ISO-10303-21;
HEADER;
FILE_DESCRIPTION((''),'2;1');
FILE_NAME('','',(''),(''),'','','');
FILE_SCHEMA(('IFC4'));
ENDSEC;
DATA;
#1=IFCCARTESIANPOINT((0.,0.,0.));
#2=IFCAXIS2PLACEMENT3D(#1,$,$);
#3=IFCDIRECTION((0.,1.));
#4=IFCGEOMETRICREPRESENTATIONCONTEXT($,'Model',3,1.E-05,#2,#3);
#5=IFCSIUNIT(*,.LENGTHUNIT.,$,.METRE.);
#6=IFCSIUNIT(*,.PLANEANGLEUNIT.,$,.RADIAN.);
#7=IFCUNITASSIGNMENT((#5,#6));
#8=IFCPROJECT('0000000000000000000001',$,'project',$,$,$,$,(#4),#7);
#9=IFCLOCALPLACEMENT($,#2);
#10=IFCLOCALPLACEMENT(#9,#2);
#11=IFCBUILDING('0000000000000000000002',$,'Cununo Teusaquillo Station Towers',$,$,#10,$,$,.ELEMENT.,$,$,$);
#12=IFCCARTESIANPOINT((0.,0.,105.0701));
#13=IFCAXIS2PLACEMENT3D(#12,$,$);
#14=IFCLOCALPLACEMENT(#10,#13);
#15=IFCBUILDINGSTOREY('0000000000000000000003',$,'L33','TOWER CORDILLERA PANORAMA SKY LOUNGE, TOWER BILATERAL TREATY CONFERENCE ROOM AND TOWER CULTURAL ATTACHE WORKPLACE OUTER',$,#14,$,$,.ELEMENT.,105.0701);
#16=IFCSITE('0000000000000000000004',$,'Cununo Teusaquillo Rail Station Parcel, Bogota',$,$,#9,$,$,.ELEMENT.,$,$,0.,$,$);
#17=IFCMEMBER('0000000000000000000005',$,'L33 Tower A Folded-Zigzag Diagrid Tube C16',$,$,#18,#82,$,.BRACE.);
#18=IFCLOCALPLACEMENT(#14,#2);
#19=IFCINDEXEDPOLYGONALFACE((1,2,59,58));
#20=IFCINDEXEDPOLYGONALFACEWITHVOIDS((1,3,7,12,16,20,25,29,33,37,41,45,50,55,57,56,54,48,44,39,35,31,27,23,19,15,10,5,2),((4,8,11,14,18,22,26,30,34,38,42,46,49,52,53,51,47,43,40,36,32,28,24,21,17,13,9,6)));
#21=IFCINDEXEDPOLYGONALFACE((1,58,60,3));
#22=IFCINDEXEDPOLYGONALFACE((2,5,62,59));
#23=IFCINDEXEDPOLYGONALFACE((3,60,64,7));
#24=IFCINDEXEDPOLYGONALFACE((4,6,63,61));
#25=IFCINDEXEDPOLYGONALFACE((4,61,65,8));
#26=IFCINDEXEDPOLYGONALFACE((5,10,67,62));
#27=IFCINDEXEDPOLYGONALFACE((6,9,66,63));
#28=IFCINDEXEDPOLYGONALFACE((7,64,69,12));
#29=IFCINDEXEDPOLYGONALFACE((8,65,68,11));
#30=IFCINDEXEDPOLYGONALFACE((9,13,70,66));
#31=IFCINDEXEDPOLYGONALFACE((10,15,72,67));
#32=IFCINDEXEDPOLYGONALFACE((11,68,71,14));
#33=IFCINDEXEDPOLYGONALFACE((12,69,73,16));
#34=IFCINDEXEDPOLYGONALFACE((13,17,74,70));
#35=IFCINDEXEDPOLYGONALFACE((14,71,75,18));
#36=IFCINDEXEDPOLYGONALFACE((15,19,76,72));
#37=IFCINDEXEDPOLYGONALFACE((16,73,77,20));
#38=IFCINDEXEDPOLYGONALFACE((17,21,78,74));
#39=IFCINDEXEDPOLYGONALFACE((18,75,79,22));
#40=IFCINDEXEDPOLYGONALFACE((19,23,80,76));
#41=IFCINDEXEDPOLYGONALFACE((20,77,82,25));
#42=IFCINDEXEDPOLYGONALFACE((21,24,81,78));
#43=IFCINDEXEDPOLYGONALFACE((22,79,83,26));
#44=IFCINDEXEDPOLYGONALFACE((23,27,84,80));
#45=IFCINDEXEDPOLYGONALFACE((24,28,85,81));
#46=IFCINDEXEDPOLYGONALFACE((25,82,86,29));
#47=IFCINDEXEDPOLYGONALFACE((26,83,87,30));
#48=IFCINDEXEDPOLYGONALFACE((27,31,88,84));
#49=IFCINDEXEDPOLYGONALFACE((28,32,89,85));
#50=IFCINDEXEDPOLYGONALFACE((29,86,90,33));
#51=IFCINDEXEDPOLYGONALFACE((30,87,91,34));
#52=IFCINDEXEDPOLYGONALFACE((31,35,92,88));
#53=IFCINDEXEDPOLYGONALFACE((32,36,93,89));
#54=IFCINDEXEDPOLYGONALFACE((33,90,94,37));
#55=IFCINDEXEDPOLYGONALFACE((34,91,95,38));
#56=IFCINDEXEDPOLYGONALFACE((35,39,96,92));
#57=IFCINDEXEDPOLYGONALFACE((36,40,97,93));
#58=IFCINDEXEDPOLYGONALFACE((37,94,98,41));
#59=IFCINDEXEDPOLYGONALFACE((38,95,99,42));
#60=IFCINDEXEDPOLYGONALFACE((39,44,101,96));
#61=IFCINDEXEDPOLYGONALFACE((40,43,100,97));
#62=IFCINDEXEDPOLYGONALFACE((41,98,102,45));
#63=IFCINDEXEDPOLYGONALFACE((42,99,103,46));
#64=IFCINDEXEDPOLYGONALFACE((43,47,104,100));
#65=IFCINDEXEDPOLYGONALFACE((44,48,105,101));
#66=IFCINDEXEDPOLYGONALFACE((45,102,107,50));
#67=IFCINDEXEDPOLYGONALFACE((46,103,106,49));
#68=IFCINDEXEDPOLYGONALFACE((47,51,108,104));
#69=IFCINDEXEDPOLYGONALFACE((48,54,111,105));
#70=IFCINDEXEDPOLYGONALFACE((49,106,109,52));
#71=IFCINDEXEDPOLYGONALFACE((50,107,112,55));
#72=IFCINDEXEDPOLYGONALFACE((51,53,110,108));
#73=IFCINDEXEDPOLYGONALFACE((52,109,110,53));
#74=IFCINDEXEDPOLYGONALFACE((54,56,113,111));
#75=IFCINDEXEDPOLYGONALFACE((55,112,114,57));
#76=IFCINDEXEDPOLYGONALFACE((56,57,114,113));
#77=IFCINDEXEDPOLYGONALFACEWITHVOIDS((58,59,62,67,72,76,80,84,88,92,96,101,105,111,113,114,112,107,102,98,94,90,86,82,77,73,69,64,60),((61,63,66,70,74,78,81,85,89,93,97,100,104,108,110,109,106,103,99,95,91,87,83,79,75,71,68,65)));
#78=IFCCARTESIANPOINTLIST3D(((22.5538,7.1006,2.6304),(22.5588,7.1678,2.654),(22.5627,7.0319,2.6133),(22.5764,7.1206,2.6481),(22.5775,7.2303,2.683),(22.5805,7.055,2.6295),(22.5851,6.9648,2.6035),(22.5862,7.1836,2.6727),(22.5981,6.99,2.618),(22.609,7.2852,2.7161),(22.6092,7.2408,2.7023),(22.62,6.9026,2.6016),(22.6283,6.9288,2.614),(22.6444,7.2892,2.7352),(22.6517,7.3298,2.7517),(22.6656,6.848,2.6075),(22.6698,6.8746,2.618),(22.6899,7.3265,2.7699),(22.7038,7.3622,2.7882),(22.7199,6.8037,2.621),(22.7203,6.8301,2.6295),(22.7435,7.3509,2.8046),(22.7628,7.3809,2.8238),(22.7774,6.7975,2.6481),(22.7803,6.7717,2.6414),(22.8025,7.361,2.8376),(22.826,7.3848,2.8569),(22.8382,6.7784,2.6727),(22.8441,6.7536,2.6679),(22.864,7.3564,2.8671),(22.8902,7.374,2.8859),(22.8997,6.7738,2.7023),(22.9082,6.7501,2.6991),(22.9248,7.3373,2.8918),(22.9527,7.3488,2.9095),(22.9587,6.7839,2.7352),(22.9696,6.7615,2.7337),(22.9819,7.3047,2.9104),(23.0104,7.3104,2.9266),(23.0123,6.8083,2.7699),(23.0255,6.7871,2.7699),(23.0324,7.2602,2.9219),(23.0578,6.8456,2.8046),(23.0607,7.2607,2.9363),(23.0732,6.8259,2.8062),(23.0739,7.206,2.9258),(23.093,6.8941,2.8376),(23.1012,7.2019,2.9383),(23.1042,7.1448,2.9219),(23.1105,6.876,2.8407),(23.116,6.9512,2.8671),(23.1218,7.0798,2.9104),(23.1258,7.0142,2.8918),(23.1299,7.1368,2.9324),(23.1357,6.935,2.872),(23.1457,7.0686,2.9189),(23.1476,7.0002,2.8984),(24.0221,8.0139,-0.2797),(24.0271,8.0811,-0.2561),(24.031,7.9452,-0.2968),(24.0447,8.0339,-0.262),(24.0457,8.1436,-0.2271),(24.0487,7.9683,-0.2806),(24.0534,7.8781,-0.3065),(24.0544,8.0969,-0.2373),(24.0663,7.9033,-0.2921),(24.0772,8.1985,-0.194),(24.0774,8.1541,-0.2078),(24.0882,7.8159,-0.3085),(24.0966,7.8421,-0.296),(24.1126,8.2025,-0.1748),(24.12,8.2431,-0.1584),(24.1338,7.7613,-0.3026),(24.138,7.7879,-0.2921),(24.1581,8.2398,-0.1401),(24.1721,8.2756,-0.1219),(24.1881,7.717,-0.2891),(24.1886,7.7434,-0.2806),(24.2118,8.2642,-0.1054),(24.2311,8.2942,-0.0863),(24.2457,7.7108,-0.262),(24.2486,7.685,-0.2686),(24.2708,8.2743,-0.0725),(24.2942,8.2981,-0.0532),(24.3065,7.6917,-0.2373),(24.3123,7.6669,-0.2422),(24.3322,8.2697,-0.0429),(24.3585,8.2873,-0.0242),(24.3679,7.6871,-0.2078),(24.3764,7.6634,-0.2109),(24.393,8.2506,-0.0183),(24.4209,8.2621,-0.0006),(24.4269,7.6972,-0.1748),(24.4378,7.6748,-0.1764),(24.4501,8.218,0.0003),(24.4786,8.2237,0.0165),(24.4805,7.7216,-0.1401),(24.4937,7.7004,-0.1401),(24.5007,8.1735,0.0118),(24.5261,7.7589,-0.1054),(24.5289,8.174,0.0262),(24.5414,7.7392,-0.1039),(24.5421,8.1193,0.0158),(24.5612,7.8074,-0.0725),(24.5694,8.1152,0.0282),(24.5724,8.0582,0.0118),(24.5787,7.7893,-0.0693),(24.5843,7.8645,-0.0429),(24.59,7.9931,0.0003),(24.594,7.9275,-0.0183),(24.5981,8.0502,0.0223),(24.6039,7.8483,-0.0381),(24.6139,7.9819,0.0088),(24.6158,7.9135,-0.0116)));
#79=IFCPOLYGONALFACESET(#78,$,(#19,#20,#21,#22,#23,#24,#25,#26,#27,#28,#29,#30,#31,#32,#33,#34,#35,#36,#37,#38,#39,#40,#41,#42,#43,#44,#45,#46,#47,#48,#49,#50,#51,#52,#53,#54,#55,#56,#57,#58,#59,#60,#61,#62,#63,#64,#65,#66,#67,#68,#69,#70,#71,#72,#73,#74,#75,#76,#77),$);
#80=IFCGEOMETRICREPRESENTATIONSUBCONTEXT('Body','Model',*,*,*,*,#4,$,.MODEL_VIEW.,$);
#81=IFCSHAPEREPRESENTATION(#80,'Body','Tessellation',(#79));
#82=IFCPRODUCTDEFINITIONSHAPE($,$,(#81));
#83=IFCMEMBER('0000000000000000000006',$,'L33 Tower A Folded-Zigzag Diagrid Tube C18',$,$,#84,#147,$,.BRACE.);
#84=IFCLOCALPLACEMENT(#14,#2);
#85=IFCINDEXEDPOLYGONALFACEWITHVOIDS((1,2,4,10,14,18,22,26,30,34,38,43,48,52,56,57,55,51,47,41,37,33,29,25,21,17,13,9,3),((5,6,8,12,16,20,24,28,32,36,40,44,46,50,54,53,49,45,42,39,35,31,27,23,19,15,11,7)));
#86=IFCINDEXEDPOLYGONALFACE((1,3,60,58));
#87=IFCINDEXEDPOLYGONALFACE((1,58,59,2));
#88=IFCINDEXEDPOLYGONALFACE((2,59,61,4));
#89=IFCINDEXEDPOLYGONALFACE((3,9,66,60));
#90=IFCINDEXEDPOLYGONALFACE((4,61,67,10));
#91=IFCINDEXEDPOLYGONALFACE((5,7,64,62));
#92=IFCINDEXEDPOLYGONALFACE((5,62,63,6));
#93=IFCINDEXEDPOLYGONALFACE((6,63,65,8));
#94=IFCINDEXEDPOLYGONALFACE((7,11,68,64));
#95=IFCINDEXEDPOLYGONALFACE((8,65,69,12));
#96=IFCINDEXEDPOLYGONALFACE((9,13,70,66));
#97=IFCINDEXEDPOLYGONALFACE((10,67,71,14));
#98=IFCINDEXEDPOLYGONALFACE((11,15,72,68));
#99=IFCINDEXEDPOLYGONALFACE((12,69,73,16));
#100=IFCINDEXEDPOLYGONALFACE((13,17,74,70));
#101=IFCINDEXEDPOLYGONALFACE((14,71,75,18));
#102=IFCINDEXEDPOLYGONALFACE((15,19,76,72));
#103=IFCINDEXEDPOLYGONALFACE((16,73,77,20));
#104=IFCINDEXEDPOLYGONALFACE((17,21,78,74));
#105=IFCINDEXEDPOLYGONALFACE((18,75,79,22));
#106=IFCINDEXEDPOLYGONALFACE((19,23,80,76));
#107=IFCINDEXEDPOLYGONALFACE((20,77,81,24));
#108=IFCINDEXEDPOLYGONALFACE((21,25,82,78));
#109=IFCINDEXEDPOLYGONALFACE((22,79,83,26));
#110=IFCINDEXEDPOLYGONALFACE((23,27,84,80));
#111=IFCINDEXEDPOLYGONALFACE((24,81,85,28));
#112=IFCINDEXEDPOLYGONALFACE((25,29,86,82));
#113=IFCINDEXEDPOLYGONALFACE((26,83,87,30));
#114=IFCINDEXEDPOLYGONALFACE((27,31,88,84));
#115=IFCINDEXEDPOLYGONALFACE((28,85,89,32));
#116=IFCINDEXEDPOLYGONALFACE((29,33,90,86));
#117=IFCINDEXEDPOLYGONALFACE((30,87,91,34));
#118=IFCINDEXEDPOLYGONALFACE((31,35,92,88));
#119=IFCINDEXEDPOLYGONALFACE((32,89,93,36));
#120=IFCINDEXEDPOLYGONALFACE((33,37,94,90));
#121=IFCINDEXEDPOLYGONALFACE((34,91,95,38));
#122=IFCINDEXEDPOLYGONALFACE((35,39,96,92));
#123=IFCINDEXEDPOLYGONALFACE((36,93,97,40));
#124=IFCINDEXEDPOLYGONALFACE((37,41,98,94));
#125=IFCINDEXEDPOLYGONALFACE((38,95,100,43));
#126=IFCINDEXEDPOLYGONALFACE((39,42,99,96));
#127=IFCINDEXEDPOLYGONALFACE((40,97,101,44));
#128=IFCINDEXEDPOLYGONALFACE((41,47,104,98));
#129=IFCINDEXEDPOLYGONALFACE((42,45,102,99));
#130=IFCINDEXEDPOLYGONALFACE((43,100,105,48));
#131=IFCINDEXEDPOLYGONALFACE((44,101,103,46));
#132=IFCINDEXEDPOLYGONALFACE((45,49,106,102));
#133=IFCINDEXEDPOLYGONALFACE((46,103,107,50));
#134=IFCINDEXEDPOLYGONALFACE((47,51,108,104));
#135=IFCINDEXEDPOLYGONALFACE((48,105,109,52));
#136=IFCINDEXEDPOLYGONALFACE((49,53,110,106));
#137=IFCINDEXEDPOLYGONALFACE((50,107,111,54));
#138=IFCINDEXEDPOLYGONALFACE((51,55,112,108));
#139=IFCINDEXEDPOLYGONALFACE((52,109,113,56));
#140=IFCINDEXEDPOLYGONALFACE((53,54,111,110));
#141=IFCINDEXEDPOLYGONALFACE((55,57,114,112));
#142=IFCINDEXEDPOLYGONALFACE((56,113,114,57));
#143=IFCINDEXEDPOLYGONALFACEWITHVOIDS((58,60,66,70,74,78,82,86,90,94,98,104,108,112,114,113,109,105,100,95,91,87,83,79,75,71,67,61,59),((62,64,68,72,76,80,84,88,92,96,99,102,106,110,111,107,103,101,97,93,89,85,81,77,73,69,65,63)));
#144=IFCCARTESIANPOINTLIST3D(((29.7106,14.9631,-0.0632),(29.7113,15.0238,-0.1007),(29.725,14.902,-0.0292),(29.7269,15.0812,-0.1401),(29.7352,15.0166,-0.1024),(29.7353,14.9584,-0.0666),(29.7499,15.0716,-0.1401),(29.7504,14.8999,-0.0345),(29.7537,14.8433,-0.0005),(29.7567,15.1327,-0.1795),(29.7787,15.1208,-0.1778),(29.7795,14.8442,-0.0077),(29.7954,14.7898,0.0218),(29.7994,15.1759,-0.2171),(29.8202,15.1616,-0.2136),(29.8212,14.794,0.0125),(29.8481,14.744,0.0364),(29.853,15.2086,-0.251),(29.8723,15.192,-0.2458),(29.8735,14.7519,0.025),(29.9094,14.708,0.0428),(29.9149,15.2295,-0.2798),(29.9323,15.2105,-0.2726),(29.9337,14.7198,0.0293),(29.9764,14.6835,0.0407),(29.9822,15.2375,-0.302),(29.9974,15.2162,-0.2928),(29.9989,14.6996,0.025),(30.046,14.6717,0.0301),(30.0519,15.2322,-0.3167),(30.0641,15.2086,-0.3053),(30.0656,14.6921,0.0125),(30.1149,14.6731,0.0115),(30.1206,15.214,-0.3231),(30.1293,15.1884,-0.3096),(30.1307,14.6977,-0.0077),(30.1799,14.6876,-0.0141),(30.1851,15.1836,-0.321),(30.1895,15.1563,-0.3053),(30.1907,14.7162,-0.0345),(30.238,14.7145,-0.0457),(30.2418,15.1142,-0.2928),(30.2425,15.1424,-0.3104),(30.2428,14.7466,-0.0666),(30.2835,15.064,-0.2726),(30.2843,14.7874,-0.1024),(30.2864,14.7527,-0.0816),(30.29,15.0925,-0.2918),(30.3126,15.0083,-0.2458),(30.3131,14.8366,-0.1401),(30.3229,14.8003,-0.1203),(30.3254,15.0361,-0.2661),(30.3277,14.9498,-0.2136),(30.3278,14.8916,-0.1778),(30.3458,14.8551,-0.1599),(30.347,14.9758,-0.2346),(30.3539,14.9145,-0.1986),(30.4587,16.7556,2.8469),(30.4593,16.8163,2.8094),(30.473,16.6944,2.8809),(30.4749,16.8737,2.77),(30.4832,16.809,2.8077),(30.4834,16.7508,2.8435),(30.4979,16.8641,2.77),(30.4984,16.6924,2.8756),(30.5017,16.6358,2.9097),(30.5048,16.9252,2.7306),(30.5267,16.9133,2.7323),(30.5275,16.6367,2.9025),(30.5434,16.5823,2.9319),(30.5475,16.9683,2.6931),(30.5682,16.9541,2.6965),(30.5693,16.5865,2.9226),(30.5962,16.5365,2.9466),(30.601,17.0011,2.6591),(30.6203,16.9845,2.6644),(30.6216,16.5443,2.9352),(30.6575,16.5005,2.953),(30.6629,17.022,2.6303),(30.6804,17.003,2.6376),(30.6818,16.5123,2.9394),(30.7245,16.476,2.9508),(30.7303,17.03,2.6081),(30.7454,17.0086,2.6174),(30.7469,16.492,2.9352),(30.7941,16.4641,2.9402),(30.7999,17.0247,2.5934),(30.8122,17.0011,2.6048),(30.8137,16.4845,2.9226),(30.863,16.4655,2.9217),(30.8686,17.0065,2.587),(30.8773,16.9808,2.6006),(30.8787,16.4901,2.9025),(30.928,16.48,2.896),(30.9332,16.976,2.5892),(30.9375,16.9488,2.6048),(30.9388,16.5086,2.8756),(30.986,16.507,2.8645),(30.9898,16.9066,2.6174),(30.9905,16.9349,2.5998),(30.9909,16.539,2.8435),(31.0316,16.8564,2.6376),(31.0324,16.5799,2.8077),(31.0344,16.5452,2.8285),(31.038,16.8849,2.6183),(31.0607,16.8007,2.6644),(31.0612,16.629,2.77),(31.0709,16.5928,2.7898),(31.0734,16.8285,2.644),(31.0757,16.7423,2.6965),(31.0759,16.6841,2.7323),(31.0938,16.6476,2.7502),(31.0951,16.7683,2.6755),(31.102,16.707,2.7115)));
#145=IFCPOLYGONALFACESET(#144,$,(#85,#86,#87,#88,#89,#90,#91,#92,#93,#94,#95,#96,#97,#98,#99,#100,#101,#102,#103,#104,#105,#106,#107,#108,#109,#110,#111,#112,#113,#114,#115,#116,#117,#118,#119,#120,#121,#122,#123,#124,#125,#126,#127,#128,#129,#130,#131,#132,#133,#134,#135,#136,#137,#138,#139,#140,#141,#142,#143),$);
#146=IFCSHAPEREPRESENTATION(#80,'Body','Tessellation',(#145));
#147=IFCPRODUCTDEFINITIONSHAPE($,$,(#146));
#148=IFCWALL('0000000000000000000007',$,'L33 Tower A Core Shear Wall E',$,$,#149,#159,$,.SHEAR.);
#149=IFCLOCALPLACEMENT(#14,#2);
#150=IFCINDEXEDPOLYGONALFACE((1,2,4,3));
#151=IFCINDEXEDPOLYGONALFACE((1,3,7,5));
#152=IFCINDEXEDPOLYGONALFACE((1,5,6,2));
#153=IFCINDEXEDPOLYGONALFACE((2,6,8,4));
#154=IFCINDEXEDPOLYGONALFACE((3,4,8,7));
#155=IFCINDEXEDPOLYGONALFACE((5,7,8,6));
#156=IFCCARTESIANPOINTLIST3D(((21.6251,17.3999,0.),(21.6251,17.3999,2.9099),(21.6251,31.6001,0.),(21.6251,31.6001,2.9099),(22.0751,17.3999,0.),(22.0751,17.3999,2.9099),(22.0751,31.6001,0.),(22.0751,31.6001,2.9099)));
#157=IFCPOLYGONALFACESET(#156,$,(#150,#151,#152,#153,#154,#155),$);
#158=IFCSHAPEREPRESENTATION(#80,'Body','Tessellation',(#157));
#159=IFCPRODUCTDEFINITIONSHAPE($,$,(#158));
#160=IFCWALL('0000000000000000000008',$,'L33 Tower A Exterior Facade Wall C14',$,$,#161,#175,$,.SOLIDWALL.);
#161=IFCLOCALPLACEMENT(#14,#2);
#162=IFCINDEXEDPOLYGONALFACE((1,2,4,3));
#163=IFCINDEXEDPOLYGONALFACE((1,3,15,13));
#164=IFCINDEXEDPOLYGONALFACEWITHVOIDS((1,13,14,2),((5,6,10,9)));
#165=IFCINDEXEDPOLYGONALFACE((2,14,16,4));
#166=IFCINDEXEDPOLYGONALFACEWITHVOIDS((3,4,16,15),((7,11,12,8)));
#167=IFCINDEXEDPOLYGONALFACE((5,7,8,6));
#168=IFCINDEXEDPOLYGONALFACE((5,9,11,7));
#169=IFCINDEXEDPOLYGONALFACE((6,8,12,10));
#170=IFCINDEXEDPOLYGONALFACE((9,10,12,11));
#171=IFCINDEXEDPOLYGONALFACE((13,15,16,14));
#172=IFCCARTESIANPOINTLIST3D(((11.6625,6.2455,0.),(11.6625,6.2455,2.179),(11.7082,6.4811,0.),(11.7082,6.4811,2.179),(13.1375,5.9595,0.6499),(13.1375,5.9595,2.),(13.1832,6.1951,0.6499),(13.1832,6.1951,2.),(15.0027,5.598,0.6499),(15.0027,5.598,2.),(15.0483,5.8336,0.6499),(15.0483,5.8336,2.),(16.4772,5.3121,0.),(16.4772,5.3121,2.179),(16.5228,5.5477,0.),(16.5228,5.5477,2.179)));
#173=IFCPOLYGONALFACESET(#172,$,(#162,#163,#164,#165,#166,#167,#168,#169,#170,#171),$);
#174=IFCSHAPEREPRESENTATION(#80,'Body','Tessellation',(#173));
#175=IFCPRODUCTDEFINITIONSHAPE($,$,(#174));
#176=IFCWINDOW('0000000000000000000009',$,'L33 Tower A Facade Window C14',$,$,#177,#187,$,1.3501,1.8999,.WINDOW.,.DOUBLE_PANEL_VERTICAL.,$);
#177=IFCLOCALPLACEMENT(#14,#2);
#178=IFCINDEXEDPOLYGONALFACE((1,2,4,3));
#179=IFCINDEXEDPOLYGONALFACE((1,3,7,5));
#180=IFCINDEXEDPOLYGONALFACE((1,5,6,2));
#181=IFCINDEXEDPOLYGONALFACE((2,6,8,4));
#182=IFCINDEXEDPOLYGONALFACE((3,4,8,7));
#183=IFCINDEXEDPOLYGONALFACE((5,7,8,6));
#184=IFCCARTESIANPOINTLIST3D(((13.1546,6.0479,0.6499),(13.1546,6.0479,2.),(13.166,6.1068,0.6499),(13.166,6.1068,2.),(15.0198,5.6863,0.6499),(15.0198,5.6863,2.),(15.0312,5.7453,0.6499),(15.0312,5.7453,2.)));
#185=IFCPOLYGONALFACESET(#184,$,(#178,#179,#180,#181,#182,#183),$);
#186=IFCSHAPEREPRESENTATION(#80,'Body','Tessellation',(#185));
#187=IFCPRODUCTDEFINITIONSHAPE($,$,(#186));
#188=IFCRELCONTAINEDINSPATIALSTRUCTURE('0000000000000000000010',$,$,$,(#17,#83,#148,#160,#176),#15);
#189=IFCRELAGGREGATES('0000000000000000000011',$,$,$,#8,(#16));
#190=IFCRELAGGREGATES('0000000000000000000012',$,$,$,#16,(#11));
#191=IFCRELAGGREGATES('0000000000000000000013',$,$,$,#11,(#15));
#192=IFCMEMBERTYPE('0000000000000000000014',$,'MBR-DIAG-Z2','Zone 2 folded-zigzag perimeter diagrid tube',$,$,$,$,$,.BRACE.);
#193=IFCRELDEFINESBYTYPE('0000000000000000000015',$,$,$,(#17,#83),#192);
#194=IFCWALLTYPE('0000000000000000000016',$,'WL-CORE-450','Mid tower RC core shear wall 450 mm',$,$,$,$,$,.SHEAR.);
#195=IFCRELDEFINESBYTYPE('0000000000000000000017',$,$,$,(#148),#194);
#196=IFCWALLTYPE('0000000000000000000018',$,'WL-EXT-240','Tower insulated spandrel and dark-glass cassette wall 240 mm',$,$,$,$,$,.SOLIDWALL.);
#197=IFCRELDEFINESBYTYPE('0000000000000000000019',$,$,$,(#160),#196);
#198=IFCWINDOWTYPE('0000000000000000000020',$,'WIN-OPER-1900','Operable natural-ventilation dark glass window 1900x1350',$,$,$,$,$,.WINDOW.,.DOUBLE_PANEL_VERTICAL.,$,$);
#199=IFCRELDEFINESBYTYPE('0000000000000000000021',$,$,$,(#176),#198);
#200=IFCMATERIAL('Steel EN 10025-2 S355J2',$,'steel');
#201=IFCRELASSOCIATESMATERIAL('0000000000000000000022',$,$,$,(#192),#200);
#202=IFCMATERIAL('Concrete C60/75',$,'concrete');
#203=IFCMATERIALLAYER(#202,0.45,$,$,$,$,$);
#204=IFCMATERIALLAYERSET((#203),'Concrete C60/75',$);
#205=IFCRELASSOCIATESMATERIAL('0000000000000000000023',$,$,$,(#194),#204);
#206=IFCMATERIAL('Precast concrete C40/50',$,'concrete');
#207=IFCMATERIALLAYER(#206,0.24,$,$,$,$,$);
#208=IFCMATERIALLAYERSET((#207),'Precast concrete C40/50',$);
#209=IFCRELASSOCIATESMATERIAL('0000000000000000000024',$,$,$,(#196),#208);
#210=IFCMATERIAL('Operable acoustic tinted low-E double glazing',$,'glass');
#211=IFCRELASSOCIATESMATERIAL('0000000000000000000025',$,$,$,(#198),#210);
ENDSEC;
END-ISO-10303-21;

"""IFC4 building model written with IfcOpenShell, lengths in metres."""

from ifc_helpers import new_model, si_unit, direction, frame, frame_2d, origin, origin_2d, place, context, subcontext, project, spatial, rectangle, hollow_circle, extrude, source, transform, mapped, material, layer, layer_set, material_profile, profile_set, type_object, element, fill, save


model = new_model("IFC4")

# Units and contexts
model_context = context("Model", 3, precision=1e-05, world=origin(), true_north=direction((0.0, 1.0)))
body_context = subcontext(model_context, "Body", "Model", "MODEL_VIEW")
ifc_project = project(units=[si_unit("LENGTHUNIT", "METRE"), si_unit("PLANEANGLEUNIT", "RADIAN")], contexts=[model_context])

# Site, building, storey
site_placement = place(None, origin())
site = spatial("IfcSite", under=ifc_project, at=site_placement, Name="Cununo Teusaquillo Rail Station Parcel, Bogota", CompositionType="ELEMENT", RefElevation=0.0)
building_placement = place(site_placement, origin())
building = spatial("IfcBuilding", under=site, at=building_placement, Name="Cununo Teusaquillo Station Towers", CompositionType="ELEMENT")
storey_placement = place(building_placement, frame((0.0, 0.0, 105.0701)))
storey = spatial("IfcBuildingStorey", under=building, at=storey_placement, Name="L33", Description="TOWER CORDILLERA PANORAMA SKY LOUNGE, TOWER BILATERAL TREATY CONFERENCE ROOM AND TOWER CULTURAL ATTACHE WORKPLACE OUTER", CompositionType="ELEMENT", Elevation=105.0701)

# Members
ifc_material_1 = material(Name="Steel EN 10025-2 S355J2", Category="steel")
ifc_material_profile_1 = material_profile(ifc_material_1, hollow_circle(Radius=0.3301, WallThickness=0.0249, at=origin_2d()), Name="CHS 660x25")
ifc_profile_set_1 = profile_set([ifc_material_profile_1], Name="Steel EN 10025-2 S355J2")
member_type = type_object("IfcMemberType", Name="MBR-DIAG-Z2", Description="Zone 2 folded-zigzag perimeter diagrid tube", PredefinedType="BRACE", material=ifc_profile_set_1)
member_1_placement = place(storey_placement, frame((24.3193, 7.9807, -0.1401), z_axis=(-0.433741, -0.269808, 0.859693), x_axis=(0.528196, -0.849123, 0.0)))
element("IfcMember", 1, at=member_1_placement, inside=storey, type_object=member_type, Name="L33 Tower A Folded-Zigzag Diagrid Tube C16", PredefinedType="BRACE", context=body_context, shape_type="SweptSolid", body=[
    extrude(hollow_circle(Radius=0.3301, WallThickness=0.0249, at=origin_2d()), origin(), (0.0, 0.0, 1.0), 3.385),
])
member_2_placement = place(storey_placement, frame((30.0315, 14.9541, -0.1401), z_axis=(0.213801, 0.512314, 0.831759), x_axis=(-0.922861, 0.385133, 0.0)))
element("IfcMember", 2, at=member_2_placement, inside=storey, type_object=member_type, Name="L33 Tower A Folded-Zigzag Diagrid Tube C18", PredefinedType="BRACE", context=body_context, shape_type="SweptSolid", body=[
    extrude(hollow_circle(Radius=0.3301, WallThickness=0.0249, at=origin_2d()), origin(), (0.0, 0.0, 1.0), 3.4988),
])

# Wall
ifc_material_2 = material(Name="Concrete C60/75", Category="concrete")
ifc_layer_1 = layer(ifc_material_2, 0.45)
ifc_layer_set_1 = layer_set([ifc_layer_1], Name="Concrete C60/75")
wall_type_1 = type_object("IfcWallType", Name="WL-CORE-450", Description="Mid tower RC core shear wall 450 mm", PredefinedType="SHEAR", material=ifc_layer_set_1)
wall_1_placement = place(storey_placement, frame((21.8501, 17.3999, 0.0), z_axis=(0.0, 0.0, 1.0), x_axis=(0.0, 1.0, 0.0)))
element("IfcWall", 3, at=wall_1_placement, inside=storey, type_object=wall_type_1, Name="L33 Tower A Core Shear Wall E", PredefinedType="SHEAR", context=body_context, shape_type="SweptSolid", body=[
    extrude(rectangle(XDim=14.2002, YDim=0.45, at=frame_2d((7.1001, 0.0))), origin(), (0.0, 0.0, 1.0), 2.9099),
])

# Wall, opening, window
ifc_material_3 = material(Name="Precast concrete C40/50", Category="concrete")
ifc_layer_2 = layer(ifc_material_3, 0.24)
ifc_layer_set_2 = layer_set([ifc_layer_2], Name="Precast concrete C40/50")
wall_type_2 = type_object("IfcWallType", Name="WL-EXT-240", Description="Tower insulated spandrel and dark-glass cassette wall 240 mm", PredefinedType="SOLIDWALL", material=ifc_layer_set_2)
wall_2_placement = place(storey_placement, frame((16.5, 5.4299, 0.0), z_axis=(0.0, 0.0, 1.0), x_axis=(-0.981724, 0.190311, 0.0)))
wall_2 = element("IfcWall", 4, at=wall_2_placement, inside=storey, type_object=wall_type_2, Name="L33 Tower A Exterior Facade Wall C14", PredefinedType="SOLIDWALL", context=body_context, shape_type="SweptSolid", body=[
    extrude(rectangle(XDim=4.9043, YDim=0.24, at=frame_2d((2.4521, 0.0))), origin(), (0.0, 0.0, 1.0), 2.179),
])
shared_shape_1 = source(origin(), body_context, "Body", "SweptSolid", [
    extrude(rectangle(XDim=1.8999, YDim=1.3501, at=frame_2d((0.95, 0.675))), frame((0.0, 0.1299, 0.0), z_axis=(0.0, -1.0, 0.0), x_axis=(1.0, 0.0, 0.0)), (0.0, 0.0, 1.0), 0.26),
])
opening_1_placement = place(wall_2_placement, frame((1.502, 0.0, 0.6499)))
opening_1 = element("IfcOpeningElement", 5, at=opening_1_placement, cuts=wall_2, PredefinedType="OPENING", context=body_context, shape_type="MappedRepresentation", body=[
    mapped(shared_shape_1, transform((0.0, 0.0, 0.0), x_axis=(1.0, 0.0, 0.0), y_axis=(0.0, 1.0, 0.0), z_axis=(0.0, 0.0, 1.0), scale=1.0)),
])
ifc_material_4 = material(Name="Operable acoustic tinted low-E double glazing", Category="glass")
window_type = type_object("IfcWindowType", Name="WIN-OPER-1900", Description="Operable natural-ventilation dark glass window 1900x1350", PartitioningType="DOUBLE_PANEL_VERTICAL", PredefinedType="WINDOW", material=ifc_material_4)
shared_shape_2 = source(origin(), body_context, "Body", "SweptSolid", [
    extrude(rectangle(XDim=1.8999, YDim=1.3501, at=frame_2d((0.95, 0.675))), frame((0.0, 0.03, 0.0), z_axis=(0.0, -1.0, 0.0), x_axis=(1.0, 0.0, 0.0)), (0.0, 0.0, 1.0), 0.0601),
])
window_1_placement = place(opening_1_placement, origin())
window_1 = element("IfcWindow", 6, at=window_1_placement, inside=storey, type_object=window_type, Name="L33 Tower A Facade Window C14", OverallHeight=1.3501, OverallWidth=1.8999, PartitioningType="DOUBLE_PANEL_VERTICAL", PredefinedType="WINDOW", context=body_context, shape_type="MappedRepresentation", body=[
    mapped(shared_shape_2, transform((0.0, 0.0, 0.0), x_axis=(1.0, 0.0, 0.0), y_axis=(0.0, 1.0, 0.0), z_axis=(0.0, 0.0, 1.0), scale=1.0)),
])
fill(opening_1, window_1)

save(model, "model.ifc")
